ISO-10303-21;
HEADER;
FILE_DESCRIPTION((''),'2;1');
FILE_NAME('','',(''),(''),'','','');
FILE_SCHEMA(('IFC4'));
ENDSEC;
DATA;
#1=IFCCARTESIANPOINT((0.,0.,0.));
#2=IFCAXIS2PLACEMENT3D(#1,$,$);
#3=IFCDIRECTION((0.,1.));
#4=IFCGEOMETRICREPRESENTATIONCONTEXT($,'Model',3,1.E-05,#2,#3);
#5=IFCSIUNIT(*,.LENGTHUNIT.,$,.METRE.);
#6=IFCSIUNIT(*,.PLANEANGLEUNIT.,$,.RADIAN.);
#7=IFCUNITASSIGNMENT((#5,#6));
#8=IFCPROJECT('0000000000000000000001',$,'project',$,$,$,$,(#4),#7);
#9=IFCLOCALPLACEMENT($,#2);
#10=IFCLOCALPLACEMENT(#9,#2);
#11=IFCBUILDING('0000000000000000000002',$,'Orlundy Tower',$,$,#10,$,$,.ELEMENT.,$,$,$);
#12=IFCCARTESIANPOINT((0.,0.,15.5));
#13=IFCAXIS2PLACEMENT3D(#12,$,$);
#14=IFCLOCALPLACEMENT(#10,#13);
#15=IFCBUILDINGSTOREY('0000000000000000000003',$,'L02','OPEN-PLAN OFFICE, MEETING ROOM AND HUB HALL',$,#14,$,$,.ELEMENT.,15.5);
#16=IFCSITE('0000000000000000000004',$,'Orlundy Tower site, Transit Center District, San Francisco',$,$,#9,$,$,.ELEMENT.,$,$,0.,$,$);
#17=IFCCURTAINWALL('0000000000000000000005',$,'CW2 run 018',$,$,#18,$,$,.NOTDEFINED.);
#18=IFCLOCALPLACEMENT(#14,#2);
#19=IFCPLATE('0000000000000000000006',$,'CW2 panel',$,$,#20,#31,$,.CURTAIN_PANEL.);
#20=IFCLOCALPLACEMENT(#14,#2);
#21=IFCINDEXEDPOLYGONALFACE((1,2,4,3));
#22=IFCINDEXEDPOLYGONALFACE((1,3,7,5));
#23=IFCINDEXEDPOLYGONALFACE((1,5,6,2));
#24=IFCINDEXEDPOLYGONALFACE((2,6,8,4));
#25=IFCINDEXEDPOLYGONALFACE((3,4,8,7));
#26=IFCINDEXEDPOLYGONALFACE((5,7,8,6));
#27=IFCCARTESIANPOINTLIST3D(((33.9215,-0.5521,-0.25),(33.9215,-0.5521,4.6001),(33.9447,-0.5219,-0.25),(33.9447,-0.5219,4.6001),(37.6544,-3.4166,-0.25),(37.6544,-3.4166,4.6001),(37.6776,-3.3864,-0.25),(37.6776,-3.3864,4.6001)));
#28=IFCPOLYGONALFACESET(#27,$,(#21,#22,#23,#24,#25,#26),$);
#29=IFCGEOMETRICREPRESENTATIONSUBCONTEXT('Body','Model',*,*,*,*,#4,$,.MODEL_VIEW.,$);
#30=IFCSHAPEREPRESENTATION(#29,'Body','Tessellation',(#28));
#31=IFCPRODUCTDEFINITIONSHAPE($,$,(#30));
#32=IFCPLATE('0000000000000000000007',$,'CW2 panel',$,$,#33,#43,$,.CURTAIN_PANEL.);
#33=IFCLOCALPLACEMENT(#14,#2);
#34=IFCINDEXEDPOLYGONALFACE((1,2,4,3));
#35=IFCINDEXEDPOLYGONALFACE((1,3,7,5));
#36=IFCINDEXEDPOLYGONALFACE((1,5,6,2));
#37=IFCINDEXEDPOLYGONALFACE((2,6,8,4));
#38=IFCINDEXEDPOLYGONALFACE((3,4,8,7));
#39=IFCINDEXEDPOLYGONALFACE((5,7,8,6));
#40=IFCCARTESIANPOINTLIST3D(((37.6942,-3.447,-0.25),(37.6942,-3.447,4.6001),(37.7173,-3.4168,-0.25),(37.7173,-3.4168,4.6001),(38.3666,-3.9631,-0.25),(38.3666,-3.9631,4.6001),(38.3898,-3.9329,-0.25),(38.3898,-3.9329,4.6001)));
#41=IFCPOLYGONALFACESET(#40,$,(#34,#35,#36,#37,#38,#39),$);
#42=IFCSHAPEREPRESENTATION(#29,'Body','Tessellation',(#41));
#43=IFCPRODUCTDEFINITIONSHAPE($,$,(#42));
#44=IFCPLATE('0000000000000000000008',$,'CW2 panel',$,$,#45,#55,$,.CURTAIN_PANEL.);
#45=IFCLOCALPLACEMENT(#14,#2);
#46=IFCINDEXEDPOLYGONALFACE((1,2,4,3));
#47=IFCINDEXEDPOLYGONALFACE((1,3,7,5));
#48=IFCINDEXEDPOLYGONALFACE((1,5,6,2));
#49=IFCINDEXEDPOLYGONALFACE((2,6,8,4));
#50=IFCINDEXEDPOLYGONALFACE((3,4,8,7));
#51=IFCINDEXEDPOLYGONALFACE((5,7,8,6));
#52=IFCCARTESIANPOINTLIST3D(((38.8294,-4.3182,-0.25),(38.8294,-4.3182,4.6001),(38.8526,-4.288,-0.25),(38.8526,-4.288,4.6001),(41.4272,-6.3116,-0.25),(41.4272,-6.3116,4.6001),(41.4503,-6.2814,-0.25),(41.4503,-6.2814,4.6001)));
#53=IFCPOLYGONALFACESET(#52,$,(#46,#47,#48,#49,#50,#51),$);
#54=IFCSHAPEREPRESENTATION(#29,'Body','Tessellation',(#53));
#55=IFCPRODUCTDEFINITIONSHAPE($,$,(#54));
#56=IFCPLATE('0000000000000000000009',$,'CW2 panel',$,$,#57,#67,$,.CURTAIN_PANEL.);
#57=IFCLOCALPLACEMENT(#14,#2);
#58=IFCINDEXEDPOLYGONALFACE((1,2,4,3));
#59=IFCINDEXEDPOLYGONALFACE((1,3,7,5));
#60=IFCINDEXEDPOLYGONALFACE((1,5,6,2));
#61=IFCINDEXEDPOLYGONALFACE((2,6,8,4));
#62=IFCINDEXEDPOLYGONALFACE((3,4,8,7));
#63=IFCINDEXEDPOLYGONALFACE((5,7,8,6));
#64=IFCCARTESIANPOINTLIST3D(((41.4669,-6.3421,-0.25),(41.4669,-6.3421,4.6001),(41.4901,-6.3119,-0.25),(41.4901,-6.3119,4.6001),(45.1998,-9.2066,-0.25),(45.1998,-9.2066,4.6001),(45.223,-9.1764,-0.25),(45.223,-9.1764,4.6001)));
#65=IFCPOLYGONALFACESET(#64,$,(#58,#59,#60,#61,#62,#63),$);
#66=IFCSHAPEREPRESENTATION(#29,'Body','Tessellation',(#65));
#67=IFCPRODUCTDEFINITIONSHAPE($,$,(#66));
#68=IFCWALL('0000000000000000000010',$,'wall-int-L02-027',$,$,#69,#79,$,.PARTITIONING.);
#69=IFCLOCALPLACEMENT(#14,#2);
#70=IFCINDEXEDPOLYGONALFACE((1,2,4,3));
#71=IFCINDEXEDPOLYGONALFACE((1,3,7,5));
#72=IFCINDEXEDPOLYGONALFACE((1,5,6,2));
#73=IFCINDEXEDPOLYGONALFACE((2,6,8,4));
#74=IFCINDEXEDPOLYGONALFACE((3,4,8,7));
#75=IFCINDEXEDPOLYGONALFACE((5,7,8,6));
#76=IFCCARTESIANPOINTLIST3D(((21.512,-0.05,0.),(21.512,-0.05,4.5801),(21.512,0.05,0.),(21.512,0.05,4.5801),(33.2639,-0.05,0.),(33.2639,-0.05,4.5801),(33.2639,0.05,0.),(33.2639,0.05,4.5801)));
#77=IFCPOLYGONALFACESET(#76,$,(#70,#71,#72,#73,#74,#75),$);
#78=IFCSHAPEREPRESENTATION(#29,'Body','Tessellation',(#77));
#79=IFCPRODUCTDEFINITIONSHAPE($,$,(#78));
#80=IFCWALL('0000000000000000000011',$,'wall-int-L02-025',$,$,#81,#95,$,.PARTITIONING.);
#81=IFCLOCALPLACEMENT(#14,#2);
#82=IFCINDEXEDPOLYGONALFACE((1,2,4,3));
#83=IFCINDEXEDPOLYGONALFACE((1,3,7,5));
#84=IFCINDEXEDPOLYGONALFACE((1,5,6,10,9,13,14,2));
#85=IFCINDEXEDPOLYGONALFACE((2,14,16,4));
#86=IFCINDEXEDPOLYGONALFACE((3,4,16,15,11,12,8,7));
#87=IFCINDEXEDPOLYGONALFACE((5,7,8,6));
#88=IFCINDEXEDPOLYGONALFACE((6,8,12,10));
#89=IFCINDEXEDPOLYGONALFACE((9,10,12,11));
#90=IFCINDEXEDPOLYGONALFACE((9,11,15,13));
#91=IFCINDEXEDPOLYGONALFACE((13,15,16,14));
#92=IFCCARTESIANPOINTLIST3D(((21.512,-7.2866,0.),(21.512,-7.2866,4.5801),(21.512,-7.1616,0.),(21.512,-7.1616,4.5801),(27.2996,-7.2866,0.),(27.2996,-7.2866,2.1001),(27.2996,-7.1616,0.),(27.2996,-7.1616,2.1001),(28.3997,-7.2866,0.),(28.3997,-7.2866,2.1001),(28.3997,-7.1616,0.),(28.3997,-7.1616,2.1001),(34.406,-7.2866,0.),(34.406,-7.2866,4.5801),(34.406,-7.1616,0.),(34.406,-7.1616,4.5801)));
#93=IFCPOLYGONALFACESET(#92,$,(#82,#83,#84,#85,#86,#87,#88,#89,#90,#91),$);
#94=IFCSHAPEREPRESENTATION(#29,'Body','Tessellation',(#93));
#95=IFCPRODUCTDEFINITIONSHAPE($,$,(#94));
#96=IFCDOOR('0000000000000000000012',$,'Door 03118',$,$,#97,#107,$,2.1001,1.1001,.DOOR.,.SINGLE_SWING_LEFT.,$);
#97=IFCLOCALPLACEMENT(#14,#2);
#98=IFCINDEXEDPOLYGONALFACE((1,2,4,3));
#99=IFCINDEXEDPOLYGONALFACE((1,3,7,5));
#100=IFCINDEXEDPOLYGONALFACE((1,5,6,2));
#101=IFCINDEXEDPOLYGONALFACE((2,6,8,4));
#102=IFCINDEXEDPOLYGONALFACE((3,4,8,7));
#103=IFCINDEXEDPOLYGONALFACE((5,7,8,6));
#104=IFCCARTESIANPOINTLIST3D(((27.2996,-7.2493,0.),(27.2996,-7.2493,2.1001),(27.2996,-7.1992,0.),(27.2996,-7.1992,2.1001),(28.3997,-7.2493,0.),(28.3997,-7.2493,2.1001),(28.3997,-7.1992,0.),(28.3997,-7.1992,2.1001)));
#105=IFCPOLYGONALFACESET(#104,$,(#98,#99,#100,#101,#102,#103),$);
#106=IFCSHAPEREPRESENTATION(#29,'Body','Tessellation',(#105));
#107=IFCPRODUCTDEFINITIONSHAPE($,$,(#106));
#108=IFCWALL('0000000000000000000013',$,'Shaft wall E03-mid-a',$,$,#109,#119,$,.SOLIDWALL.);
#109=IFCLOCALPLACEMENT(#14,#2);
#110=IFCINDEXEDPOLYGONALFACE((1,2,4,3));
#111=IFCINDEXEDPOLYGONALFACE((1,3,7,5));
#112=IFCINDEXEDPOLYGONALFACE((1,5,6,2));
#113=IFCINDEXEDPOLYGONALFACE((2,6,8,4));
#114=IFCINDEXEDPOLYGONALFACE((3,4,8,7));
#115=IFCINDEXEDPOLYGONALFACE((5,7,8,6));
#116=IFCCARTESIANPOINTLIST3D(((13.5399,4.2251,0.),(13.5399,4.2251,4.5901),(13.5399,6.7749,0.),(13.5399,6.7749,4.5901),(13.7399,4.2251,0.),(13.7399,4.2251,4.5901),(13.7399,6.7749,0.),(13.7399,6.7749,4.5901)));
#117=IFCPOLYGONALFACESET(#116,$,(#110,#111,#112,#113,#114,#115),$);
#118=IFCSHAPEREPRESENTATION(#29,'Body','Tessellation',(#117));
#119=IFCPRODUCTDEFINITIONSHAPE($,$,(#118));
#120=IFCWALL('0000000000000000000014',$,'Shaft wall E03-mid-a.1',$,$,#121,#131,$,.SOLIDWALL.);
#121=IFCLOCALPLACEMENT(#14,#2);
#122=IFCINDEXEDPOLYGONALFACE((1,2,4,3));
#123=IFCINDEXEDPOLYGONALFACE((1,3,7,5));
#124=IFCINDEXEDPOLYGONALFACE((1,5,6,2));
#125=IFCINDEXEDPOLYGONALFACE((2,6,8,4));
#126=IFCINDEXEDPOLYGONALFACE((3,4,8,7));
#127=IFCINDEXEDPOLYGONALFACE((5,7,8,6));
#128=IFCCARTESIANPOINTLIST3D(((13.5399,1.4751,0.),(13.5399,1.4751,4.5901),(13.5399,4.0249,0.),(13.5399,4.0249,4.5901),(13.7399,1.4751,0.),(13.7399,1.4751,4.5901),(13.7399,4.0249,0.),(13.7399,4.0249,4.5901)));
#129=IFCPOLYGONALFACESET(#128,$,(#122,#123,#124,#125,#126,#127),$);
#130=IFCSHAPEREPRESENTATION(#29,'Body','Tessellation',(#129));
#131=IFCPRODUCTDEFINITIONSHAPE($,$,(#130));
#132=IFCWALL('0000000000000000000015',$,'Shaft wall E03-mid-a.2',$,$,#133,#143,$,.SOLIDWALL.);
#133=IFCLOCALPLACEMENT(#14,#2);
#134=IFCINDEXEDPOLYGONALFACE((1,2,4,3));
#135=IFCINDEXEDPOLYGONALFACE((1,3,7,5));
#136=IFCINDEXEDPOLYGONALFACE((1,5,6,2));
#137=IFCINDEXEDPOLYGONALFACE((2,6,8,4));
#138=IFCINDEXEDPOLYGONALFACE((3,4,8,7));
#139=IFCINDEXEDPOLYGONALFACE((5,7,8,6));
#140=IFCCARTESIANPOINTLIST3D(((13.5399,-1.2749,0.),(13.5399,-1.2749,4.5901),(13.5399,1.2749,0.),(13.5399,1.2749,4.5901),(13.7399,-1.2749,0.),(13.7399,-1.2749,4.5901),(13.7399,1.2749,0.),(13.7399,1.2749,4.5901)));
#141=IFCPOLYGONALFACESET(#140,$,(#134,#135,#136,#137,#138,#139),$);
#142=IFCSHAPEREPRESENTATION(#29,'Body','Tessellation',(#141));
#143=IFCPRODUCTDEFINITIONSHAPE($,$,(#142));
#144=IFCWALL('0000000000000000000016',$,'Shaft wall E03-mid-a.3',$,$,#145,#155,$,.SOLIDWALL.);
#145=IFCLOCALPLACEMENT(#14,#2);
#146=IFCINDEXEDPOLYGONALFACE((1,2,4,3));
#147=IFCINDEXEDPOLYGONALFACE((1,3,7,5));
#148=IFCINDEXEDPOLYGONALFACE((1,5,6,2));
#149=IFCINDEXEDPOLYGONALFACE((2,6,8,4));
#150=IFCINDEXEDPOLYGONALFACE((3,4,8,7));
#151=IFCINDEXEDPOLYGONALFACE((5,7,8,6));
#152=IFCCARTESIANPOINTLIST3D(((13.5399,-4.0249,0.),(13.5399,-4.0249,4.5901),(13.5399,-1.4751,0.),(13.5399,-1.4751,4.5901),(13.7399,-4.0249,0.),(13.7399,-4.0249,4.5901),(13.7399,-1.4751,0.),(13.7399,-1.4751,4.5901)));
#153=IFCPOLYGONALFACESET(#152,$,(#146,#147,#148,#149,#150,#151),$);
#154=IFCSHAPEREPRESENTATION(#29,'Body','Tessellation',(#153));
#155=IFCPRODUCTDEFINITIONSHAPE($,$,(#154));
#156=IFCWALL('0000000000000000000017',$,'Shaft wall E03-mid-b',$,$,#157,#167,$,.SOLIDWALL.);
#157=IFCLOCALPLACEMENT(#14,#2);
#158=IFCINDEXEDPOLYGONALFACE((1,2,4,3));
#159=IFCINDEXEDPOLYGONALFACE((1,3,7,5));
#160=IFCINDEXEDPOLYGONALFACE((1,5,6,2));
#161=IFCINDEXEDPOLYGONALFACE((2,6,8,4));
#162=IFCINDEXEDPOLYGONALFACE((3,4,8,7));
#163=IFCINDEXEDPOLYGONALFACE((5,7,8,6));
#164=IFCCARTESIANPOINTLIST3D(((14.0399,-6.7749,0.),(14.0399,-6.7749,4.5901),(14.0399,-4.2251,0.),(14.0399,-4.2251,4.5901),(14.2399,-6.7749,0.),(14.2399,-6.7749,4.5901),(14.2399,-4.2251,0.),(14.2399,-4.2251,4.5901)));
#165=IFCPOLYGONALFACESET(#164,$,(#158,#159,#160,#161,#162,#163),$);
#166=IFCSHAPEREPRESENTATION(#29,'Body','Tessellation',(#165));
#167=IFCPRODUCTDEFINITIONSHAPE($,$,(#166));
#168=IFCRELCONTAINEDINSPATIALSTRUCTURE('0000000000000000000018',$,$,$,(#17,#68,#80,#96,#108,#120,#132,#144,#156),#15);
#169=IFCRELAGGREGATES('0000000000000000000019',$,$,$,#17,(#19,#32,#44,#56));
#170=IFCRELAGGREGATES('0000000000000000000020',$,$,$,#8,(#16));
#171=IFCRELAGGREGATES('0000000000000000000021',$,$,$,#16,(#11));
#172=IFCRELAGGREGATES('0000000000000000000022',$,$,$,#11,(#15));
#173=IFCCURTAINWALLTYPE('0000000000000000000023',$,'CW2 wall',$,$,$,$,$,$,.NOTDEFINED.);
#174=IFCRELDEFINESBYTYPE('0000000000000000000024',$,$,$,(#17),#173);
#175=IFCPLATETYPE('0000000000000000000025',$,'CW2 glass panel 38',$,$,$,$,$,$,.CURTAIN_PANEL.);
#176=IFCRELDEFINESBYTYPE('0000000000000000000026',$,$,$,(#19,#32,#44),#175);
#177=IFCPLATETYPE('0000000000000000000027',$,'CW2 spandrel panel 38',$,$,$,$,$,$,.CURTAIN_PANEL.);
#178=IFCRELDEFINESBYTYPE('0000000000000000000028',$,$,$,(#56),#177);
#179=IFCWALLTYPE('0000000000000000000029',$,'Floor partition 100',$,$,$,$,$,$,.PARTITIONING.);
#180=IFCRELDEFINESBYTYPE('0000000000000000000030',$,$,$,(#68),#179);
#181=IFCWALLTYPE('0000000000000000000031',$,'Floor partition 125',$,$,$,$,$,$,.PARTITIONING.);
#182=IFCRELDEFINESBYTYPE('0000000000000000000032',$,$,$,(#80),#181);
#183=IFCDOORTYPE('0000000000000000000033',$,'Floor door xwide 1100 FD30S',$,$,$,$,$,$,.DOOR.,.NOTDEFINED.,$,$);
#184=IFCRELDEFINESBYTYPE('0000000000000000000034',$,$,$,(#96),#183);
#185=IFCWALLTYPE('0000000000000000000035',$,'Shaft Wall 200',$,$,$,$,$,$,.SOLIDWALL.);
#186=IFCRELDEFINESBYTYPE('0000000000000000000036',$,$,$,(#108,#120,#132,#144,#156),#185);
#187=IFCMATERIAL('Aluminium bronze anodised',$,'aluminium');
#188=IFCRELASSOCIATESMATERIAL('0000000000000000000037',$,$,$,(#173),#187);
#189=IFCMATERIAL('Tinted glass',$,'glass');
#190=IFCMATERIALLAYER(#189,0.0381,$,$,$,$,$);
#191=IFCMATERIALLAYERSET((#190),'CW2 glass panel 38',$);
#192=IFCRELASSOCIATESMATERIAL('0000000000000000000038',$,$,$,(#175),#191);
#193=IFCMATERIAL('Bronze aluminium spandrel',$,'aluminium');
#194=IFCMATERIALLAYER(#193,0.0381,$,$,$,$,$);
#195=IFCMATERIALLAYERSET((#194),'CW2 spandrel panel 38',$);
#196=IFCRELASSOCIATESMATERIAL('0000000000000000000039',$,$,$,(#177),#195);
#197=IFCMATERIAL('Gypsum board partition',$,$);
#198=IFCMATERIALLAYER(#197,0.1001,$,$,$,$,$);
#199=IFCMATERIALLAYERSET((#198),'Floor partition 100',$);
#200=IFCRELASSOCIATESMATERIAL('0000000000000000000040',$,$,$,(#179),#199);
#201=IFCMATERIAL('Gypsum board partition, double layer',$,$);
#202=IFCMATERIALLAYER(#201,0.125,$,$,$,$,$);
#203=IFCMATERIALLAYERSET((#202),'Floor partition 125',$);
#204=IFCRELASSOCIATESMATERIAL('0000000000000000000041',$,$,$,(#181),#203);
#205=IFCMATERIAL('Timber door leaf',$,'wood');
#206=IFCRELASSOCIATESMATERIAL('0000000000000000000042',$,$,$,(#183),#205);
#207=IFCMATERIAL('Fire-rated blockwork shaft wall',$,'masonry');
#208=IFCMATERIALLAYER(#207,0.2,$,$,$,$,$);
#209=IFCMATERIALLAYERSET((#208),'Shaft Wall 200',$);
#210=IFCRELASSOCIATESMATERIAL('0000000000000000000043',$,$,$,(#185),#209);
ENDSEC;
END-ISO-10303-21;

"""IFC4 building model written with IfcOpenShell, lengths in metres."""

from ifc_helpers import new_model, si_unit, direction, frame, frame_2d, origin, origin_2d, place, context, subcontext, project, spatial, rectangle, extrude, material, layer, layer_set, type_object, element, fill, aggregate, save


model = new_model("IFC4")

# Units and contexts
model_context = context("Model", 3, precision=1e-05, world=origin(), true_north=direction((0.0, 1.0)))
body_context = subcontext(model_context, "Body", "Model", "MODEL_VIEW")
ifc_project = project(units=[si_unit("LENGTHUNIT", "METRE"), si_unit("PLANEANGLEUNIT", "RADIAN")], contexts=[model_context])

# Site, building, storey
site_placement = place(None, origin())
site = spatial("IfcSite", under=ifc_project, at=site_placement, Name="Orlundy Tower site, Transit Center District, San Francisco", CompositionType="ELEMENT", RefElevation=0.0)
building_placement = place(site_placement, origin())
building = spatial("IfcBuilding", under=site, at=building_placement, Name="Orlundy Tower", CompositionType="ELEMENT")
storey_placement = place(building_placement, frame((0.0, 0.0, 15.5)))
storey = spatial("IfcBuildingStorey", under=building, at=storey_placement, Name="L02", Description="OPEN-PLAN OFFICE, MEETING ROOM AND HUB HALL", CompositionType="ELEMENT", Elevation=15.5)

# Curtain wall
ifc_material_1 = material(Name="Aluminium bronze anodised", Category="aluminium")
curtain_wall_type = type_object("IfcCurtainWallType", Name="CW2 wall", PredefinedType="NOTDEFINED", material=ifc_material_1)
curtain_wall_1_placement = place(storey_placement, origin())
curtain_wall_1 = element("IfcCurtainWall", 1, at=curtain_wall_1_placement, inside=storey, type_object=curtain_wall_type, Name="CW2 run 018", PredefinedType="NOTDEFINED")

# Plates
ifc_material_2 = material(Name="Tinted glass", Category="glass")
ifc_layer_1 = layer(ifc_material_2, 0.0381)
ifc_layer_set_1 = layer_set([ifc_layer_1], Name="CW2 glass panel 38")
plate_type_1 = type_object("IfcPlateType", Name="CW2 glass panel 38", PredefinedType="CURTAIN_PANEL", material=ifc_layer_set_1)
plate_1_placement = place(storey_placement, frame((35.7996, -1.9692, -0.25), z_axis=(0.0, 0.0, 1.0), x_axis=(0.79334, -0.608779, 0.0)))
plate_1 = element("IfcPlate", 2, at=plate_1_placement, type_object=plate_type_1, Name="CW2 panel", PredefinedType="CURTAIN_PANEL", context=body_context, shape_type="SweptSolid", body=[
    extrude(rectangle(XDim=4.7053, YDim=0.0381, at=origin_2d()), origin(), (0.0, 0.0, 1.0), 4.8501),
])
plate_2_placement = place(storey_placement, frame((38.042, -3.6899, -0.25), z_axis=(0.0, 0.0, 1.0), x_axis=(0.79334, -0.608779, 0.0)))
plate_2 = element("IfcPlate", 3, at=plate_2_placement, type_object=plate_type_1, Name="CW2 panel", PredefinedType="CURTAIN_PANEL", context=body_context, shape_type="SweptSolid", body=[
    extrude(rectangle(XDim=0.8477, YDim=0.0381, at=origin_2d()), origin(), (0.0, 0.0, 1.0), 4.8501),
])
plate_3_placement = place(storey_placement, frame((40.1399, -5.2998, -0.25), z_axis=(0.0, 0.0, 1.0), x_axis=(0.79334, -0.608779, 0.0)))
plate_3 = element("IfcPlate", 4, at=plate_3_placement, type_object=plate_type_1, Name="CW2 panel", PredefinedType="CURTAIN_PANEL", context=body_context, shape_type="SweptSolid", body=[
    extrude(rectangle(XDim=3.2744, YDim=0.0381, at=origin_2d()), origin(), (0.0, 0.0, 1.0), 4.8501),
])
ifc_material_3 = material(Name="Bronze aluminium spandrel", Category="aluminium")
ifc_layer_2 = layer(ifc_material_3, 0.0381)
ifc_layer_set_2 = layer_set([ifc_layer_2], Name="CW2 spandrel panel 38")
plate_type_2 = type_object("IfcPlateType", Name="CW2 spandrel panel 38", PredefinedType="CURTAIN_PANEL", material=ifc_layer_set_2)
plate_4_placement = place(storey_placement, frame((43.345, -7.7593, -0.25), z_axis=(0.0, 0.0, 1.0), x_axis=(0.79334, -0.608779, 0.0)))
plate_4 = element("IfcPlate", 5, at=plate_4_placement, type_object=plate_type_2, Name="CW2 panel", PredefinedType="CURTAIN_PANEL", context=body_context, shape_type="SweptSolid", body=[
    extrude(rectangle(XDim=4.7053, YDim=0.0381, at=origin_2d()), origin(), (0.0, 0.0, 1.0), 4.8501),
])
aggregate(curtain_wall_1, [plate_1, plate_2, plate_3, plate_4])

# Wall
ifc_material_4 = material(Name="Gypsum board partition")
ifc_layer_3 = layer(ifc_material_4, 0.1001)
ifc_layer_set_3 = layer_set([ifc_layer_3], Name="Floor partition 100")
wall_type_1 = type_object("IfcWallType", Name="Floor partition 100", PredefinedType="PARTITIONING", material=ifc_layer_set_3)
wall_1_placement = place(storey_placement, frame((21.512, 0.0, 0.0), z_axis=(0.0, 0.0, 1.0), x_axis=(1.0, 0.0, 0.0)))
element("IfcWall", 6, at=wall_1_placement, inside=storey, type_object=wall_type_1, Name="wall-int-L02-027", PredefinedType="PARTITIONING", context=body_context, shape_type="SweptSolid", body=[
    extrude(rectangle(XDim=11.752, YDim=0.1001, at=frame_2d((5.876, 0.0))), origin(), (0.0, 0.0, 1.0), 4.5801),
])

# Wall, opening, door
ifc_material_5 = material(Name="Gypsum board partition, double layer")
ifc_layer_4 = layer(ifc_material_5, 0.125)
ifc_layer_set_4 = layer_set([ifc_layer_4], Name="Floor partition 125")
wall_type_2 = type_object("IfcWallType", Name="Floor partition 125", PredefinedType="PARTITIONING", material=ifc_layer_set_4)
wall_2_placement = place(storey_placement, frame((21.512, -7.2241, 0.0), z_axis=(0.0, 0.0, 1.0), x_axis=(1.0, 0.0, 0.0)))
wall_2 = element("IfcWall", 7, at=wall_2_placement, inside=storey, type_object=wall_type_2, Name="wall-int-L02-025", PredefinedType="PARTITIONING", context=body_context, shape_type="SweptSolid", body=[
    extrude(rectangle(XDim=12.894, YDim=0.125, at=frame_2d((6.447, 0.0))), origin(), (0.0, 0.0, 1.0), 4.5801),
])
opening_1_placement = place(wall_2_placement, frame((5.7876, 0.0, 0.0)))
opening_1 = element("IfcOpeningElement", 8, at=opening_1_placement, cuts=wall_2, PredefinedType="OPENING", context=body_context, shape_type="SweptSolid", body=[
    extrude(rectangle(XDim=1.1001, YDim=2.1001, at=frame_2d((0.55, 1.05))), frame((0.0, 0.0725, 0.0), z_axis=(0.0, -1.0, 0.0), x_axis=(1.0, 0.0, 0.0)), (0.0, 0.0, 1.0), 0.145),
])
ifc_material_6 = material(Name="Timber door leaf", Category="wood")
door_type_1 = type_object("IfcDoorType", Name="Floor door xwide 1100 FD30S", OperationType="NOTDEFINED", PredefinedType="DOOR", material=ifc_material_6)
door_1_placement = place(opening_1_placement, origin())
door_1 = element("IfcDoor", 9, at=door_1_placement, inside=storey, type_object=door_type_1, Name="Door 03118", OperationType="SINGLE_SWING_LEFT", OverallHeight=2.1001, OverallWidth=1.1001, PredefinedType="DOOR", context=body_context, shape_type="SweptSolid", body=[
    extrude(rectangle(XDim=1.1001, YDim=2.1001, at=frame_2d((0.55, 1.05))), frame((0.0, 0.0249, 0.0), z_axis=(0.0, -1.0, 0.0), x_axis=(1.0, 0.0, 0.0)), (0.0, 0.0, 1.0), 0.05),
])
fill(opening_1, door_1)

# Walls
ifc_material_7 = material(Name="Fire-rated blockwork shaft wall", Category="masonry")
ifc_layer_5 = layer(ifc_material_7, 0.2)
ifc_layer_set_5 = layer_set([ifc_layer_5], Name="Shaft Wall 200")
wall_type_3 = type_object("IfcWallType", Name="Shaft Wall 200", PredefinedType="SOLIDWALL", material=ifc_layer_set_5)
for number, where, z_axis, x_axis, name in (
    (10, (13.6399, 6.7749, 0.0), (0.0, 0.0, 1.0), (0.0, -1.0, 0.0), "Shaft wall E03-mid-a"),
    (11, (13.6399, 4.0249, 0.0), (0.0, 0.0, 1.0), (0.0, -1.0, 0.0), "Shaft wall E03-mid-a.1"),
    (12, (13.6399, 1.2749, 0.0), (0.0, 0.0, 1.0), (0.0, -1.0, 0.0), "Shaft wall E03-mid-a.2"),
    (13, (13.6399, -1.4751, 0.0), (0.0, 0.0, 1.0), (0.0, -1.0, 0.0), "Shaft wall E03-mid-a.3"),
    (14, (14.1399, -4.2251, 0.0), (0.0, 0.0, 1.0), (0.0, -1.0, 0.0), "Shaft wall E03-mid-b"),
):
    element("IfcWall", number, at=place(storey_placement, frame(where, z_axis=z_axis, x_axis=x_axis)), inside=storey, type_object=wall_type_3, Name=name, PredefinedType="SOLIDWALL", context=body_context, shape_type="SweptSolid", body=[
        extrude(rectangle(XDim=2.5498, YDim=0.2, at=frame_2d((1.2749, 0.0))), origin(), (0.0, 0.0, 1.0), 4.5901),
    ])

save(model, "model.ifc")
